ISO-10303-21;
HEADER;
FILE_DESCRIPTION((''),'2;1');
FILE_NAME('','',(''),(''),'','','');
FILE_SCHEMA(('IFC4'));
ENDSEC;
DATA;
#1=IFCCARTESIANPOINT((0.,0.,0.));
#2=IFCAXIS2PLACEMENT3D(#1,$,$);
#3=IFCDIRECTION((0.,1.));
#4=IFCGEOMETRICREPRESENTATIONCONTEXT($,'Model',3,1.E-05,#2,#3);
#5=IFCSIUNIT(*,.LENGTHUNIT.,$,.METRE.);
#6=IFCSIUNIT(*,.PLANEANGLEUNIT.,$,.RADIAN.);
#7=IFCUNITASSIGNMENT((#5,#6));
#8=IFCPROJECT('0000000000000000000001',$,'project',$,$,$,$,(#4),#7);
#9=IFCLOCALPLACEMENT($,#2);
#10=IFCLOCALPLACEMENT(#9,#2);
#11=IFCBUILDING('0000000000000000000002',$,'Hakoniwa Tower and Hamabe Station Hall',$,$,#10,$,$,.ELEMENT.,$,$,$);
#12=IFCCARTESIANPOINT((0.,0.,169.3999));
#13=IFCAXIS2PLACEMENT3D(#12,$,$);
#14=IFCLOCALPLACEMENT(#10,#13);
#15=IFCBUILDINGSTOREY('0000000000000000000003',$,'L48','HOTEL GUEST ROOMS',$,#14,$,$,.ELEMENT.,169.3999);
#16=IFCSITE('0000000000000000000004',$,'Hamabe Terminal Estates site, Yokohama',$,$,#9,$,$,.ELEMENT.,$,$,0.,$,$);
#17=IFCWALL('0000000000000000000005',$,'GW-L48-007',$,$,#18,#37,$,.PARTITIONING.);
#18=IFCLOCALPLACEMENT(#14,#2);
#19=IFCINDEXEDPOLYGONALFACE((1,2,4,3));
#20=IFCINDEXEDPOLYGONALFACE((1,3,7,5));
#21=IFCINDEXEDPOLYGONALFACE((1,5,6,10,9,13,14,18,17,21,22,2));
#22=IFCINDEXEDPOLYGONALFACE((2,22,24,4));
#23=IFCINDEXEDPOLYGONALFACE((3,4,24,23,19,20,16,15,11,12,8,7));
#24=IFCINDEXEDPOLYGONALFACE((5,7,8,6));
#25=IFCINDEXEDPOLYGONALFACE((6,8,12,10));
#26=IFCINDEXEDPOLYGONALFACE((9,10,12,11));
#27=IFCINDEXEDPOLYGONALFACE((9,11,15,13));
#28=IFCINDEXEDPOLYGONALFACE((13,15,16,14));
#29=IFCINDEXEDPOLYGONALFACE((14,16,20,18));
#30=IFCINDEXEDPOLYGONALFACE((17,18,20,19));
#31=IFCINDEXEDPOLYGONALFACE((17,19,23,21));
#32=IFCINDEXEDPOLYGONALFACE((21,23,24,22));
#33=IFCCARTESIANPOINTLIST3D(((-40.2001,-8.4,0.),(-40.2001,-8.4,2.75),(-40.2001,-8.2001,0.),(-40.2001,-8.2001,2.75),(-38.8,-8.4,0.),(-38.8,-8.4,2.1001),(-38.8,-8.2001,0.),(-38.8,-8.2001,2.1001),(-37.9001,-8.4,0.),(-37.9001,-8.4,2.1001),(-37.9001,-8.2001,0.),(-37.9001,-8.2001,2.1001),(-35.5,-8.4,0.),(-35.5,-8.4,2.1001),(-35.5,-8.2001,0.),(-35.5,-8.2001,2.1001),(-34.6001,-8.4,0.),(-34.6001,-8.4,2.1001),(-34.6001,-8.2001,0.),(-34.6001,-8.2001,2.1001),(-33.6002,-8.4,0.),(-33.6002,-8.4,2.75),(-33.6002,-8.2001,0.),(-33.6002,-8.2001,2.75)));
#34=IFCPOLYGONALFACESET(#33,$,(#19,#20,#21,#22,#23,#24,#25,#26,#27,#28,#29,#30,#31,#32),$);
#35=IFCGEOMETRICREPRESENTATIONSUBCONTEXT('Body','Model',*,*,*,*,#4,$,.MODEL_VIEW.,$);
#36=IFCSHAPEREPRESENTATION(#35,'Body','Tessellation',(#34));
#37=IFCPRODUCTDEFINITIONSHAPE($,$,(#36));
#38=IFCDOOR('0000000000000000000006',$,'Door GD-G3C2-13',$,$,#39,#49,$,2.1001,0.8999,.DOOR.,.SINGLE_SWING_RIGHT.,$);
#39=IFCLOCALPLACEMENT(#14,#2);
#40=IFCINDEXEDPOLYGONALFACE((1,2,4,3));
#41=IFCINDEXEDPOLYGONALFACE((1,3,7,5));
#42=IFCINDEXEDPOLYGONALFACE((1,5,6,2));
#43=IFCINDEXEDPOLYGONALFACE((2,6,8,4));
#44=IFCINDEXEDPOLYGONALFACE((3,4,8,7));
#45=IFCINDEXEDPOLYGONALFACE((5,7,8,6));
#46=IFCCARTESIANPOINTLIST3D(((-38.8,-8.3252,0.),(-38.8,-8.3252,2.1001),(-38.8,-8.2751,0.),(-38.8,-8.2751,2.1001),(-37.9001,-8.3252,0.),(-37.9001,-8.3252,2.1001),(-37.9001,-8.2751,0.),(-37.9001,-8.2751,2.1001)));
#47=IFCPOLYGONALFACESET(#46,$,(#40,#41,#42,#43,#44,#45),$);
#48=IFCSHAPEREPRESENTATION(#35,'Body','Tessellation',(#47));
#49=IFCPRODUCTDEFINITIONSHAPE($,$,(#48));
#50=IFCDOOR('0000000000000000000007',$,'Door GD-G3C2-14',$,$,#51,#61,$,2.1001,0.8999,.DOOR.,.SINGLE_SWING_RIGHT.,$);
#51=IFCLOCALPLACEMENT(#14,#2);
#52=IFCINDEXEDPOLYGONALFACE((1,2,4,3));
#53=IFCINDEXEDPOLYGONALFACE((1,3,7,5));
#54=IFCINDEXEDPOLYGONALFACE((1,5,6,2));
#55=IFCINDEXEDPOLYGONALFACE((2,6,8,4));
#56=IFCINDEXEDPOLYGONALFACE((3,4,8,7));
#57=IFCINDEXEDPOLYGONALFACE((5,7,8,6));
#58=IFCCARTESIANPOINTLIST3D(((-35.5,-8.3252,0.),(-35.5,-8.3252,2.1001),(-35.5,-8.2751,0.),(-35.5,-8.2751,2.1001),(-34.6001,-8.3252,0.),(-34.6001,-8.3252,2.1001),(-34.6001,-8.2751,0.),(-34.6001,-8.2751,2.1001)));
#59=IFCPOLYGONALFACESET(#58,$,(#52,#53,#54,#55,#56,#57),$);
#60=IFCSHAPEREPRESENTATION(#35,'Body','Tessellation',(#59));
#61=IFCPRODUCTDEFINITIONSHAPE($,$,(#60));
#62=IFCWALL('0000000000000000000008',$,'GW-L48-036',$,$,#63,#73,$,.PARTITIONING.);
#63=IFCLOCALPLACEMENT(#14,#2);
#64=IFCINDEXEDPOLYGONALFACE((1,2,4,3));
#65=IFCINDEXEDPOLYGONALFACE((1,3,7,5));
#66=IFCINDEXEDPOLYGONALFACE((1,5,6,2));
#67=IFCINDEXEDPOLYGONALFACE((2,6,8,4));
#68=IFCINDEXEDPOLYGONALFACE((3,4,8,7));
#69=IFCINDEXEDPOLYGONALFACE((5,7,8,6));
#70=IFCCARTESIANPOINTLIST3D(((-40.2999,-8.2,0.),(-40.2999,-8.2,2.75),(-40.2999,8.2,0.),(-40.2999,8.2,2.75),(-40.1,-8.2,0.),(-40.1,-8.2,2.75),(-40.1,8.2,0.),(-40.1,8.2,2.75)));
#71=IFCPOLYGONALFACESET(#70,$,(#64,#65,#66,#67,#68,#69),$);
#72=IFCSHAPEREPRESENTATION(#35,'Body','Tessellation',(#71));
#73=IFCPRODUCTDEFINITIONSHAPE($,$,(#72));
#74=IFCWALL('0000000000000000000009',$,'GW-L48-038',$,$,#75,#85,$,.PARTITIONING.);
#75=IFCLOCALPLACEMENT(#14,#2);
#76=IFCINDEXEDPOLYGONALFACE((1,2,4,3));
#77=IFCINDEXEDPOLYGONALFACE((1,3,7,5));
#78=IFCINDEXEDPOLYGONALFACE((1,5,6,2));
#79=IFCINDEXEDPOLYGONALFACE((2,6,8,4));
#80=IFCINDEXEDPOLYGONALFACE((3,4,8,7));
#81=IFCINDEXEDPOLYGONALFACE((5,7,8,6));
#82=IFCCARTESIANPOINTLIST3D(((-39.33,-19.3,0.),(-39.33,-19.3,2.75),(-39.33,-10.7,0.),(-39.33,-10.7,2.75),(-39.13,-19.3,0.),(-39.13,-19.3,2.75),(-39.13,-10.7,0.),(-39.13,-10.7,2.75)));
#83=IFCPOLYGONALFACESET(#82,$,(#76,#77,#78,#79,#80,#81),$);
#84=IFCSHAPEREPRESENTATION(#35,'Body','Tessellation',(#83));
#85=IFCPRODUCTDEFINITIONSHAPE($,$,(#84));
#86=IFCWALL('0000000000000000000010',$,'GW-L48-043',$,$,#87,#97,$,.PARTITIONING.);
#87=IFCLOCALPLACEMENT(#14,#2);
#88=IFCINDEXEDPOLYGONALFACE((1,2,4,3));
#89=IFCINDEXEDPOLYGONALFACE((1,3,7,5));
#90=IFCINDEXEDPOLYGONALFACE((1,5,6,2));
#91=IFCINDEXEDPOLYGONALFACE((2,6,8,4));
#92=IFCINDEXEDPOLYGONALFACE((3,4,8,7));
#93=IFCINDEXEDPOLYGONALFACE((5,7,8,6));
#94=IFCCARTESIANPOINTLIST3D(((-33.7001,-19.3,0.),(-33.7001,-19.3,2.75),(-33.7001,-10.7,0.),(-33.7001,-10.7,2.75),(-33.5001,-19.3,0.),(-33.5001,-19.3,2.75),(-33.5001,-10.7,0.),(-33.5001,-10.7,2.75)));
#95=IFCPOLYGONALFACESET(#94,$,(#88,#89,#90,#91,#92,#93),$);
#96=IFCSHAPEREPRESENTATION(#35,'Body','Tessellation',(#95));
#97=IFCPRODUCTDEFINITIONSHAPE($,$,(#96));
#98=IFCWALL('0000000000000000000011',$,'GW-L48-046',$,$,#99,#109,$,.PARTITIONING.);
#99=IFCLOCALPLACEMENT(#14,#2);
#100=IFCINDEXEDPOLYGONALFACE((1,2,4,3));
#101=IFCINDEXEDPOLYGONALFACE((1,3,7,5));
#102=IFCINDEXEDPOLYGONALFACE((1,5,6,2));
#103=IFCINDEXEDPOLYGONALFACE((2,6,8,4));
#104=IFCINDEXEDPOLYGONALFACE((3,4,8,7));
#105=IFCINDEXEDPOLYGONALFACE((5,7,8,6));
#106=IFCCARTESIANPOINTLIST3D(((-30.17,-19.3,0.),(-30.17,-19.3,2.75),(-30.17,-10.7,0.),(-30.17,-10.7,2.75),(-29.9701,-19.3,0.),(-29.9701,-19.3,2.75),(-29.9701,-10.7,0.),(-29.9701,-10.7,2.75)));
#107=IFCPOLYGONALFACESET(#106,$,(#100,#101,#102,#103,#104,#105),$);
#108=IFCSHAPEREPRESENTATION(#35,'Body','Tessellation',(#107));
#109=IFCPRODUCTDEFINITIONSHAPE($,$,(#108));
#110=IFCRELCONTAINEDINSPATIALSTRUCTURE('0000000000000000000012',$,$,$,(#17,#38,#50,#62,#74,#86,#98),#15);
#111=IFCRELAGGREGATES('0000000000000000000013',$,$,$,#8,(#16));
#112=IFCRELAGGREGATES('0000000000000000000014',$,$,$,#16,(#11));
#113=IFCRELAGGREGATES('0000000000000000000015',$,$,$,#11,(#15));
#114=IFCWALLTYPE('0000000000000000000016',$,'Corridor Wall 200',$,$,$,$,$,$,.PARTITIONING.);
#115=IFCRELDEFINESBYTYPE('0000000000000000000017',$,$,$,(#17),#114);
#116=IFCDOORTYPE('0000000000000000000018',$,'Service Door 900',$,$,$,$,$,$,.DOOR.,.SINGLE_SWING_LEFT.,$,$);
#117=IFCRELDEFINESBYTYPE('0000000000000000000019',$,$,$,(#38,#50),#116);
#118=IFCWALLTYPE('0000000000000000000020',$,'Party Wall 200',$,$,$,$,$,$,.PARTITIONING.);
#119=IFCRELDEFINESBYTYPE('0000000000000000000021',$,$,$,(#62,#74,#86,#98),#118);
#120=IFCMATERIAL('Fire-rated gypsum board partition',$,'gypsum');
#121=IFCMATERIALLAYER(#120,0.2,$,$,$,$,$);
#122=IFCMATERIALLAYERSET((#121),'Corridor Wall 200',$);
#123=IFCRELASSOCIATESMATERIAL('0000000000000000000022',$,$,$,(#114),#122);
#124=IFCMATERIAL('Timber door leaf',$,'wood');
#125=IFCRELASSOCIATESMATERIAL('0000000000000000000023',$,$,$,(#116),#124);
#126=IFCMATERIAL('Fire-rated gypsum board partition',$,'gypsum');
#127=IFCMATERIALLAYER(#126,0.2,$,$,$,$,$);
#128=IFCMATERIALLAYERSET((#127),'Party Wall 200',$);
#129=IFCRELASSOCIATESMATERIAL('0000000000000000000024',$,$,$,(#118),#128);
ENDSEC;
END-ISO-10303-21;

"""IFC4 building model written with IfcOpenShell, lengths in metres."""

from ifc_helpers import new_model, si_unit, direction, frame, frame_2d, origin, place, context, subcontext, project, spatial, rectangle, extrude, material, layer, layer_set, type_object, element, fill, save


model = new_model("IFC4")

# Units and contexts
model_context = context("Model", 3, precision=1e-05, world=origin(), true_north=direction((0.0, 1.0)))
body_context = subcontext(model_context, "Body", "Model", "MODEL_VIEW")
ifc_project = project(units=[si_unit("LENGTHUNIT", "METRE"), si_unit("PLANEANGLEUNIT", "RADIAN")], contexts=[model_context])

# Site, building, storey
site_placement = place(None, origin())
site = spatial("IfcSite", under=ifc_project, at=site_placement, Name="Hamabe Terminal Estates site, Yokohama", CompositionType="ELEMENT", RefElevation=0.0)
building_placement = place(site_placement, origin())
building = spatial("IfcBuilding", under=site, at=building_placement, Name="Hakoniwa Tower and Hamabe Station Hall", CompositionType="ELEMENT")
storey_placement = place(building_placement, frame((0.0, 0.0, 169.3999)))
storey = spatial("IfcBuildingStorey", under=building, at=storey_placement, Name="L48", Description="HOTEL GUEST ROOMS", CompositionType="ELEMENT", Elevation=169.3999)

# Wall, openings, doors
ifc_material_1 = material(Name="Fire-rated gypsum board partition", Category="gypsum")
ifc_layer_1 = layer(ifc_material_1, 0.2)
ifc_layer_set_1 = layer_set([ifc_layer_1], Name="Corridor Wall 200")
wall_type_1 = type_object("IfcWallType", Name="Corridor Wall 200", PredefinedType="PARTITIONING", material=ifc_layer_set_1)
ifc_material_2 = material(Name="Timber door leaf", Category="wood")
door_type = type_object("IfcDoorType", Name="Service Door 900", OperationType="SINGLE_SWING_LEFT", PredefinedType="DOOR", material=ifc_material_2)
wall_1_placement = place(storey_placement, frame((-40.2, -8.3, 0.0), z_axis=(0.0, 0.0, 1.0), x_axis=(1.0, 0.0, 0.0)))
wall_1 = element("IfcWall", 1, at=wall_1_placement, inside=storey, type_object=wall_type_1, Name="GW-L48-007", PredefinedType="PARTITIONING", context=body_context, shape_type="SweptSolid", body=[
    extrude(rectangle(XDim=6.5999, YDim=0.2, at=frame_2d((3.2998, 0.0))), origin(), (0.0, 0.0, 1.0), 2.75),
])
opening_1_placement = place(wall_1_placement, frame((1.3999, 0.0, 0.0)))
opening_1 = element("IfcOpeningElement", 2, at=opening_1_placement, cuts=wall_1, PredefinedType="OPENING", context=body_context, shape_type="SweptSolid", body=[
    extrude(rectangle(XDim=0.8999, YDim=2.1001, at=frame_2d((0.45, 1.05))), frame((0.0, 0.1099, 0.0), z_axis=(0.0, -1.0, 0.0), x_axis=(1.0, 0.0, 0.0)), (0.0, 0.0, 1.0), 0.22),
])
opening_2_placement = place(wall_1_placement, frame((4.7, 0.0, 0.0)))
opening_2 = element("IfcOpeningElement", 3, at=opening_2_placement, cuts=wall_1, PredefinedType="OPENING", context=body_context, shape_type="SweptSolid", body=[
    extrude(rectangle(XDim=0.8999, YDim=2.1001, at=frame_2d((0.45, 1.05))), frame((0.0, 0.1099, 0.0), z_axis=(0.0, -1.0, 0.0), x_axis=(1.0, 0.0, 0.0)), (0.0, 0.0, 1.0), 0.22),
])
door_1_placement = place(opening_1_placement, origin())
door_1 = element("IfcDoor", 4, at=door_1_placement, inside=storey, type_object=door_type, Name="Door GD-G3C2-13", OperationType="SINGLE_SWING_RIGHT", OverallHeight=2.1001, OverallWidth=0.8999, PredefinedType="DOOR", context=body_context, shape_type="SweptSolid", body=[
    extrude(rectangle(XDim=0.8999, YDim=2.1001, at=frame_2d((0.45, 1.05))), frame((0.0, 0.0249, 0.0), z_axis=(0.0, -1.0, 0.0), x_axis=(1.0, 0.0, 0.0)), (0.0, 0.0, 1.0), 0.05),
])
fill(opening_1, door_1)
door_2_placement = place(opening_2_placement, origin())
door_2 = element("IfcDoor", 5, at=door_2_placement, inside=storey, type_object=door_type, Name="Door GD-G3C2-14", OperationType="SINGLE_SWING_RIGHT", OverallHeight=2.1001, OverallWidth=0.8999, PredefinedType="DOOR", context=body_context, shape_type="SweptSolid", body=[
    extrude(rectangle(XDim=0.8999, YDim=2.1001, at=frame_2d((0.45, 1.05))), frame((0.0, 0.0249, 0.0), z_axis=(0.0, -1.0, 0.0), x_axis=(1.0, 0.0, 0.0)), (0.0, 0.0, 1.0), 0.05),
])
fill(opening_2, door_2)

# Walls
ifc_material_3 = material(Name="Fire-rated gypsum board partition", Category="gypsum")
ifc_layer_2 = layer(ifc_material_3, 0.2)
ifc_layer_set_2 = layer_set([ifc_layer_2], Name="Party Wall 200")
wall_type_2 = type_object("IfcWallType", Name="Party Wall 200", PredefinedType="PARTITIONING", material=ifc_layer_set_2)
wall_2_placement = place(storey_placement, frame((-40.2, -8.2, 0.0), z_axis=(0.0, 0.0, 1.0), x_axis=(0.0, 1.0, 0.0)))
element("IfcWall", 6, at=wall_2_placement, inside=storey, type_object=wall_type_2, Name="GW-L48-036", PredefinedType="PARTITIONING", context=body_context, shape_type="SweptSolid", body=[
    extrude(rectangle(XDim=16.3999, YDim=0.2, at=frame_2d((8.2, 0.0))), origin(), (0.0, 0.0, 1.0), 2.75),
])
for number, where, z_axis, x_axis, name in (
    (7, (-39.23, -19.3, 0.0), (0.0, 0.0, 1.0), (0.0, 1.0, 0.0), "GW-L48-038"),
    (8, (-33.6001, -19.3, 0.0), (0.0, 0.0, 1.0), (0.0, 1.0, 0.0), "GW-L48-043"),
    (9, (-30.0701, -19.3, 0.0), (0.0, 0.0, 1.0), (0.0, 1.0, 0.0), "GW-L48-046"),
):
    element("IfcWall", number, at=place(storey_placement, frame(where, z_axis=z_axis, x_axis=x_axis)), inside=storey, type_object=wall_type_2, Name=name, PredefinedType="PARTITIONING", context=body_context, shape_type="SweptSolid", body=[
        extrude(rectangle(XDim=8.6001, YDim=0.2, at=frame_2d((4.3, 0.0))), origin(), (0.0, 0.0, 1.0), 2.75),
    ])

save(model, "model.ifc")
